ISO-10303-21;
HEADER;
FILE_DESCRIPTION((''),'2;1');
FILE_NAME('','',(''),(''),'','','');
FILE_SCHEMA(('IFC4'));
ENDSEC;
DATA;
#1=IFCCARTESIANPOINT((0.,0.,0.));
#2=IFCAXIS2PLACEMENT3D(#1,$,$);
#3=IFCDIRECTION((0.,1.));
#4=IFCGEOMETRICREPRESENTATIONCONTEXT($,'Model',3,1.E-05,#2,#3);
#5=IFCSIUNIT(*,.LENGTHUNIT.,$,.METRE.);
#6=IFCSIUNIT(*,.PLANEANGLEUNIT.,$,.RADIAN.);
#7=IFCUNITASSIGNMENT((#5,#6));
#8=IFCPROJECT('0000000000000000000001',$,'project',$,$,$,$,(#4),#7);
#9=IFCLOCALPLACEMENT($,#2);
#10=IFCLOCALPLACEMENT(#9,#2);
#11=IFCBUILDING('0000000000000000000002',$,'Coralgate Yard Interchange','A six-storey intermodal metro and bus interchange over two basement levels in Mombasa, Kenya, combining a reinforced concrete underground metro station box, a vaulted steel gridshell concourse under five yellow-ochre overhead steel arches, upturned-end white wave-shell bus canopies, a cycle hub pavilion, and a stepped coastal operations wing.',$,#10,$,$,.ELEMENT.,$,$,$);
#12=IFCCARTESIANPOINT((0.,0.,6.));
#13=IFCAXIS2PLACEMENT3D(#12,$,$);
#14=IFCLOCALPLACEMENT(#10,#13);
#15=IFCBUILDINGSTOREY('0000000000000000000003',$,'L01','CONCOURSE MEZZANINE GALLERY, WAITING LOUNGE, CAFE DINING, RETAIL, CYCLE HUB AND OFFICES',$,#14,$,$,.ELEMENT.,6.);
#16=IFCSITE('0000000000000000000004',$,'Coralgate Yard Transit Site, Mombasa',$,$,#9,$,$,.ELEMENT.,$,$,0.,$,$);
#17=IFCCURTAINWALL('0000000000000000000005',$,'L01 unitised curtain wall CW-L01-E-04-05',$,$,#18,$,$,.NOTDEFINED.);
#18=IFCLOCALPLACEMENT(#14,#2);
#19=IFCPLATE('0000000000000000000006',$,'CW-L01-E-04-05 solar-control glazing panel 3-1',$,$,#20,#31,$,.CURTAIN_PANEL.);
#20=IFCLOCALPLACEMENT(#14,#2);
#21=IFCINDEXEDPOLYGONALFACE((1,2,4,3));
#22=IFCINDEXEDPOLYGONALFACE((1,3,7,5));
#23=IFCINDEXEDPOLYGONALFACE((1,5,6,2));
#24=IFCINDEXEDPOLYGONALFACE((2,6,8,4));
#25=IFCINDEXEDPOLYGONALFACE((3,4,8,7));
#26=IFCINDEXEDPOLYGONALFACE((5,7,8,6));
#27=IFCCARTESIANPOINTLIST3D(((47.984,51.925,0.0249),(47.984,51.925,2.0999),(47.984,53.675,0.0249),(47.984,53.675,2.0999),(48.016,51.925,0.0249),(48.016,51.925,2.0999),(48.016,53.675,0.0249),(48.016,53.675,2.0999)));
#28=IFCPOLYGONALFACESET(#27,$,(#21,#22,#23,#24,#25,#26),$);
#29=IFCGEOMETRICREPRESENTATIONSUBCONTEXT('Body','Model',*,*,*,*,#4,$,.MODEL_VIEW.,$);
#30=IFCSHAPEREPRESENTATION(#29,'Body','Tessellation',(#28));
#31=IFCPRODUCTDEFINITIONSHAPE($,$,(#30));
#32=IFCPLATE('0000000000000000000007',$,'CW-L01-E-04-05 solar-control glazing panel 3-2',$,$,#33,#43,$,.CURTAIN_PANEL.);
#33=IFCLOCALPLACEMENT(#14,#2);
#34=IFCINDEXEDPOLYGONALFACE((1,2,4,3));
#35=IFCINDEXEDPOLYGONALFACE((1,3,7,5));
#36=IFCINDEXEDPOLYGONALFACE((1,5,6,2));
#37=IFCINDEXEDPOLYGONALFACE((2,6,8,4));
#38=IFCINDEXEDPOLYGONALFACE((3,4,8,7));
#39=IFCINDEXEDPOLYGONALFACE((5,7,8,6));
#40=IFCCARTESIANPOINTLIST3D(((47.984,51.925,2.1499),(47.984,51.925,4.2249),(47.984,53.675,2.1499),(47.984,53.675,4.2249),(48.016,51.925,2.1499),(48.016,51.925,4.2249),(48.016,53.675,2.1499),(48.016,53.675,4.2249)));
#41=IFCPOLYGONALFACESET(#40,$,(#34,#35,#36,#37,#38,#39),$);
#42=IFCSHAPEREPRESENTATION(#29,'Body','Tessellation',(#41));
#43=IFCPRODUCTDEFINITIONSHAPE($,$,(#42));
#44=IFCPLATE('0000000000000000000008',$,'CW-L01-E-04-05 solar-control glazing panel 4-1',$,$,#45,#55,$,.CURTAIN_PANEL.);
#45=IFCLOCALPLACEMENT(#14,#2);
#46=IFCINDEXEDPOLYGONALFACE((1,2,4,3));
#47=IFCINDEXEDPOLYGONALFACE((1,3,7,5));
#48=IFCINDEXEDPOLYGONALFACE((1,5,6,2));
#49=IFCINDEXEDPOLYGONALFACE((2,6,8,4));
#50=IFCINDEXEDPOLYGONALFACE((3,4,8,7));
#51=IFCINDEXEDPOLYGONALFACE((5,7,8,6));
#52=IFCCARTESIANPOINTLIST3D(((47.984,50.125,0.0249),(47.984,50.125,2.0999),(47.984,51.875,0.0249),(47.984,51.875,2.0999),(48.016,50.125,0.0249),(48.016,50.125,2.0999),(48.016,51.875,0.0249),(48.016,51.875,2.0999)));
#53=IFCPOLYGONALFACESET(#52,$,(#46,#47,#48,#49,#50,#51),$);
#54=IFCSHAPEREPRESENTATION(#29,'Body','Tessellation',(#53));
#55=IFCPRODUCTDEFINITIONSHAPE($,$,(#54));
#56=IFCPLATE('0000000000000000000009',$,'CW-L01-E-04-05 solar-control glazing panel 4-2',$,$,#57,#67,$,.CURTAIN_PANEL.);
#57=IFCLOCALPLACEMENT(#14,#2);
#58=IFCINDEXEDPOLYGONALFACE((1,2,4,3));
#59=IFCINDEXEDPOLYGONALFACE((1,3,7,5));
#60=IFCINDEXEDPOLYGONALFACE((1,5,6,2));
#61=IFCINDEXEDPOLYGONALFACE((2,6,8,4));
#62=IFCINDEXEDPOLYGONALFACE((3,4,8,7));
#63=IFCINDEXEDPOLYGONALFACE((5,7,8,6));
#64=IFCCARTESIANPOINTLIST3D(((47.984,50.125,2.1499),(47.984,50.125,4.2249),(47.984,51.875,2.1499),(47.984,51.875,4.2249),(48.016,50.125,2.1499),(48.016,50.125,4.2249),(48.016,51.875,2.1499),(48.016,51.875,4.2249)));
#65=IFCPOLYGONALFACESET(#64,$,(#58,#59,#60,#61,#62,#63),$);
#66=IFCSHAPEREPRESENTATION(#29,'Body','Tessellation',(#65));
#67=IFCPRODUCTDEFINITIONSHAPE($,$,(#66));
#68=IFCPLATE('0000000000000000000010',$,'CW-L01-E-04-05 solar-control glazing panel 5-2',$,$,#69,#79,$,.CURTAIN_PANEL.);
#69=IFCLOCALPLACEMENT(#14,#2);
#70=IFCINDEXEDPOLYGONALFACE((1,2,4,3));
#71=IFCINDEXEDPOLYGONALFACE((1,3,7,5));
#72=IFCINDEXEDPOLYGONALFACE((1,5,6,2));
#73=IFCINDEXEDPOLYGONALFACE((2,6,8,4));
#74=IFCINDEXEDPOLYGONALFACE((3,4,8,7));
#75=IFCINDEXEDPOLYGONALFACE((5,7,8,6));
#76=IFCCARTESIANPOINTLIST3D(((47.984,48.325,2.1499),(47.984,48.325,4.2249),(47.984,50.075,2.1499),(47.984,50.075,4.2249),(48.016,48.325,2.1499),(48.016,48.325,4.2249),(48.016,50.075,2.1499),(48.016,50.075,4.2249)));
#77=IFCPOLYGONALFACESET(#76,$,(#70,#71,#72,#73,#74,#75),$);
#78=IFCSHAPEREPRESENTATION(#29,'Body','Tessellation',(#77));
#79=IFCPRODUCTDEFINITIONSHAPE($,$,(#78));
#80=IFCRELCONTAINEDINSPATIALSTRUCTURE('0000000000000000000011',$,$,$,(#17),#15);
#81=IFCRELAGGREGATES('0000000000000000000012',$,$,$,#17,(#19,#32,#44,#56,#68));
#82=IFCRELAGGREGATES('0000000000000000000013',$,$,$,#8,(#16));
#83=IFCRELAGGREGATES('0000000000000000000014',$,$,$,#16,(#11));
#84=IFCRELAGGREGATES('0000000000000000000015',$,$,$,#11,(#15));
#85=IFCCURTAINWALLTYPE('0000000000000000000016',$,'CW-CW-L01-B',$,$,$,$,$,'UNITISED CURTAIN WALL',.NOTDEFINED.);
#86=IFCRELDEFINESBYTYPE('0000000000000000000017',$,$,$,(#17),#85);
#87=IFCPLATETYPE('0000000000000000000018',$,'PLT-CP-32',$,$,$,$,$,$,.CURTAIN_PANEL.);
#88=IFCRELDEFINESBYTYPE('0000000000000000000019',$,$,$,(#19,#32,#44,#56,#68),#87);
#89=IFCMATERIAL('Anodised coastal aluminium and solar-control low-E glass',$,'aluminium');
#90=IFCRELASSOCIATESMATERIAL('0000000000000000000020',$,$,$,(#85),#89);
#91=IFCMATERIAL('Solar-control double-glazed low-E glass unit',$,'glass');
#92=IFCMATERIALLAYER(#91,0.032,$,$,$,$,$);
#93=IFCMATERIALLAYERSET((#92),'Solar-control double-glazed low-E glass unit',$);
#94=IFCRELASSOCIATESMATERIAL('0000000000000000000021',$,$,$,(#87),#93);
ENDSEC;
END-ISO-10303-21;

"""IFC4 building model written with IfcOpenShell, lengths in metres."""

from ifc_helpers import new_model, si_unit, direction, frame, origin, origin_2d, place, context, subcontext, project, spatial, rectangle, extrude, material, layer, layer_set, type_object, element, aggregate, save


model = new_model("IFC4")

# Units and contexts
model_context = context("Model", 3, precision=1e-05, world=origin(), true_north=direction((0.0, 1.0)))
body_context = subcontext(model_context, "Body", "Model", "MODEL_VIEW")
ifc_project = project(units=[si_unit("LENGTHUNIT", "METRE"), si_unit("PLANEANGLEUNIT", "RADIAN")], contexts=[model_context])

# Site, building, storey
site_placement = place(None, origin())
site = spatial("IfcSite", under=ifc_project, at=site_placement, Name="Coralgate Yard Transit Site, Mombasa", CompositionType="ELEMENT", RefElevation=0.0)
building_placement = place(site_placement, origin())
building = spatial("IfcBuilding", under=site, at=building_placement, Name="Coralgate Yard Interchange", Description="A six-storey intermodal metro and bus interchange over two basement levels in Mombasa, Kenya, combining a reinforced concrete underground metro station box, a vaulted steel gridshell concourse under five yellow-ochre overhead steel arches, upturned-end white wave-shell bus canopies, a cycle hub pavilion, and a stepped coastal operations wing.", CompositionType="ELEMENT")
storey_placement = place(building_placement, frame((0.0, 0.0, 6.0)))
storey = spatial("IfcBuildingStorey", under=building, at=storey_placement, Name="L01", Description="CONCOURSE MEZZANINE GALLERY, WAITING LOUNGE, CAFE DINING, RETAIL, CYCLE HUB AND OFFICES", CompositionType="ELEMENT", Elevation=6.0)

# Curtain wall, plates
ifc_material_1 = material(Name="Anodised coastal aluminium and solar-control low-E glass", Category="aluminium")
curtain_wall_type = type_object("IfcCurtainWallType", Name="CW-CW-L01-B", ElementType="UNITISED CURTAIN WALL", PredefinedType="NOTDEFINED", material=ifc_material_1)
curtain_wall_placement = place(storey_placement, origin())
curtain_wall = element("IfcCurtainWall", 1, at=curtain_wall_placement, inside=storey, type_object=curtain_wall_type, Name="L01 unitised curtain wall CW-L01-E-04-05", PredefinedType="NOTDEFINED")
ifc_material_2 = material(Name="Solar-control double-glazed low-E glass unit", Category="glass")
ifc_layer = layer(ifc_material_2, 0.032)
ifc_layer_set = layer_set([ifc_layer], Name="Solar-control double-glazed low-E glass unit")
plate_type = type_object("IfcPlateType", Name="PLT-CP-32", PredefinedType="CURTAIN_PANEL", material=ifc_layer_set)
plate_1_placement = place(storey_placement, frame((48.0, 52.8, 0.0249), z_axis=(0.0, 0.0, 1.0), x_axis=(0.0, -1.0, 0.0)))
plate_1 = element("IfcPlate", 2, at=plate_1_placement, type_object=plate_type, Name="CW-L01-E-04-05 solar-control glazing panel 3-1", PredefinedType="CURTAIN_PANEL", context=body_context, shape_type="SweptSolid", body=[
    extrude(rectangle(XDim=1.75, YDim=0.032, at=origin_2d()), origin(), (0.0, 0.0, 1.0), 2.075),
])
plate_2_placement = place(storey_placement, frame((48.0, 52.8, 2.1499), z_axis=(0.0, 0.0, 1.0), x_axis=(0.0, -1.0, 0.0)))
plate_2 = element("IfcPlate", 3, at=plate_2_placement, type_object=plate_type, Name="CW-L01-E-04-05 solar-control glazing panel 3-2", PredefinedType="CURTAIN_PANEL", context=body_context, shape_type="SweptSolid", body=[
    extrude(rectangle(XDim=1.75, YDim=0.032, at=origin_2d()), origin(), (0.0, 0.0, 1.0), 2.075),
])
plate_3_placement = place(storey_placement, frame((48.0, 51.0, 0.0249), z_axis=(0.0, 0.0, 1.0), x_axis=(0.0, -1.0, 0.0)))
plate_3 = element("IfcPlate", 4, at=plate_3_placement, type_object=plate_type, Name="CW-L01-E-04-05 solar-control glazing panel 4-1", PredefinedType="CURTAIN_PANEL", context=body_context, shape_type="SweptSolid", body=[
    extrude(rectangle(XDim=1.75, YDim=0.032, at=origin_2d()), origin(), (0.0, 0.0, 1.0), 2.075),
])
plate_4_placement = place(storey_placement, frame((48.0, 51.0, 2.1499), z_axis=(0.0, 0.0, 1.0), x_axis=(0.0, -1.0, 0.0)))
plate_4 = element("IfcPlate", 5, at=plate_4_placement, type_object=plate_type, Name="CW-L01-E-04-05 solar-control glazing panel 4-2", PredefinedType="CURTAIN_PANEL", context=body_context, shape_type="SweptSolid", body=[
    extrude(rectangle(XDim=1.75, YDim=0.032, at=origin_2d()), origin(), (0.0, 0.0, 1.0), 2.075),
])
plate_5_placement = place(storey_placement, frame((48.0, 49.2, 2.1499), z_axis=(0.0, 0.0, 1.0), x_axis=(0.0, -1.0, 0.0)))
plate_5 = element("IfcPlate", 6, at=plate_5_placement, type_object=plate_type, Name="CW-L01-E-04-05 solar-control glazing panel 5-2", PredefinedType="CURTAIN_PANEL", context=body_context, shape_type="SweptSolid", body=[
    extrude(rectangle(XDim=1.75, YDim=0.032, at=origin_2d()), origin(), (0.0, 0.0, 1.0), 2.075),
])
aggregate(curtain_wall, [plate_1, plate_2, plate_3, plate_4, plate_5])

save(model, "model.ifc")
